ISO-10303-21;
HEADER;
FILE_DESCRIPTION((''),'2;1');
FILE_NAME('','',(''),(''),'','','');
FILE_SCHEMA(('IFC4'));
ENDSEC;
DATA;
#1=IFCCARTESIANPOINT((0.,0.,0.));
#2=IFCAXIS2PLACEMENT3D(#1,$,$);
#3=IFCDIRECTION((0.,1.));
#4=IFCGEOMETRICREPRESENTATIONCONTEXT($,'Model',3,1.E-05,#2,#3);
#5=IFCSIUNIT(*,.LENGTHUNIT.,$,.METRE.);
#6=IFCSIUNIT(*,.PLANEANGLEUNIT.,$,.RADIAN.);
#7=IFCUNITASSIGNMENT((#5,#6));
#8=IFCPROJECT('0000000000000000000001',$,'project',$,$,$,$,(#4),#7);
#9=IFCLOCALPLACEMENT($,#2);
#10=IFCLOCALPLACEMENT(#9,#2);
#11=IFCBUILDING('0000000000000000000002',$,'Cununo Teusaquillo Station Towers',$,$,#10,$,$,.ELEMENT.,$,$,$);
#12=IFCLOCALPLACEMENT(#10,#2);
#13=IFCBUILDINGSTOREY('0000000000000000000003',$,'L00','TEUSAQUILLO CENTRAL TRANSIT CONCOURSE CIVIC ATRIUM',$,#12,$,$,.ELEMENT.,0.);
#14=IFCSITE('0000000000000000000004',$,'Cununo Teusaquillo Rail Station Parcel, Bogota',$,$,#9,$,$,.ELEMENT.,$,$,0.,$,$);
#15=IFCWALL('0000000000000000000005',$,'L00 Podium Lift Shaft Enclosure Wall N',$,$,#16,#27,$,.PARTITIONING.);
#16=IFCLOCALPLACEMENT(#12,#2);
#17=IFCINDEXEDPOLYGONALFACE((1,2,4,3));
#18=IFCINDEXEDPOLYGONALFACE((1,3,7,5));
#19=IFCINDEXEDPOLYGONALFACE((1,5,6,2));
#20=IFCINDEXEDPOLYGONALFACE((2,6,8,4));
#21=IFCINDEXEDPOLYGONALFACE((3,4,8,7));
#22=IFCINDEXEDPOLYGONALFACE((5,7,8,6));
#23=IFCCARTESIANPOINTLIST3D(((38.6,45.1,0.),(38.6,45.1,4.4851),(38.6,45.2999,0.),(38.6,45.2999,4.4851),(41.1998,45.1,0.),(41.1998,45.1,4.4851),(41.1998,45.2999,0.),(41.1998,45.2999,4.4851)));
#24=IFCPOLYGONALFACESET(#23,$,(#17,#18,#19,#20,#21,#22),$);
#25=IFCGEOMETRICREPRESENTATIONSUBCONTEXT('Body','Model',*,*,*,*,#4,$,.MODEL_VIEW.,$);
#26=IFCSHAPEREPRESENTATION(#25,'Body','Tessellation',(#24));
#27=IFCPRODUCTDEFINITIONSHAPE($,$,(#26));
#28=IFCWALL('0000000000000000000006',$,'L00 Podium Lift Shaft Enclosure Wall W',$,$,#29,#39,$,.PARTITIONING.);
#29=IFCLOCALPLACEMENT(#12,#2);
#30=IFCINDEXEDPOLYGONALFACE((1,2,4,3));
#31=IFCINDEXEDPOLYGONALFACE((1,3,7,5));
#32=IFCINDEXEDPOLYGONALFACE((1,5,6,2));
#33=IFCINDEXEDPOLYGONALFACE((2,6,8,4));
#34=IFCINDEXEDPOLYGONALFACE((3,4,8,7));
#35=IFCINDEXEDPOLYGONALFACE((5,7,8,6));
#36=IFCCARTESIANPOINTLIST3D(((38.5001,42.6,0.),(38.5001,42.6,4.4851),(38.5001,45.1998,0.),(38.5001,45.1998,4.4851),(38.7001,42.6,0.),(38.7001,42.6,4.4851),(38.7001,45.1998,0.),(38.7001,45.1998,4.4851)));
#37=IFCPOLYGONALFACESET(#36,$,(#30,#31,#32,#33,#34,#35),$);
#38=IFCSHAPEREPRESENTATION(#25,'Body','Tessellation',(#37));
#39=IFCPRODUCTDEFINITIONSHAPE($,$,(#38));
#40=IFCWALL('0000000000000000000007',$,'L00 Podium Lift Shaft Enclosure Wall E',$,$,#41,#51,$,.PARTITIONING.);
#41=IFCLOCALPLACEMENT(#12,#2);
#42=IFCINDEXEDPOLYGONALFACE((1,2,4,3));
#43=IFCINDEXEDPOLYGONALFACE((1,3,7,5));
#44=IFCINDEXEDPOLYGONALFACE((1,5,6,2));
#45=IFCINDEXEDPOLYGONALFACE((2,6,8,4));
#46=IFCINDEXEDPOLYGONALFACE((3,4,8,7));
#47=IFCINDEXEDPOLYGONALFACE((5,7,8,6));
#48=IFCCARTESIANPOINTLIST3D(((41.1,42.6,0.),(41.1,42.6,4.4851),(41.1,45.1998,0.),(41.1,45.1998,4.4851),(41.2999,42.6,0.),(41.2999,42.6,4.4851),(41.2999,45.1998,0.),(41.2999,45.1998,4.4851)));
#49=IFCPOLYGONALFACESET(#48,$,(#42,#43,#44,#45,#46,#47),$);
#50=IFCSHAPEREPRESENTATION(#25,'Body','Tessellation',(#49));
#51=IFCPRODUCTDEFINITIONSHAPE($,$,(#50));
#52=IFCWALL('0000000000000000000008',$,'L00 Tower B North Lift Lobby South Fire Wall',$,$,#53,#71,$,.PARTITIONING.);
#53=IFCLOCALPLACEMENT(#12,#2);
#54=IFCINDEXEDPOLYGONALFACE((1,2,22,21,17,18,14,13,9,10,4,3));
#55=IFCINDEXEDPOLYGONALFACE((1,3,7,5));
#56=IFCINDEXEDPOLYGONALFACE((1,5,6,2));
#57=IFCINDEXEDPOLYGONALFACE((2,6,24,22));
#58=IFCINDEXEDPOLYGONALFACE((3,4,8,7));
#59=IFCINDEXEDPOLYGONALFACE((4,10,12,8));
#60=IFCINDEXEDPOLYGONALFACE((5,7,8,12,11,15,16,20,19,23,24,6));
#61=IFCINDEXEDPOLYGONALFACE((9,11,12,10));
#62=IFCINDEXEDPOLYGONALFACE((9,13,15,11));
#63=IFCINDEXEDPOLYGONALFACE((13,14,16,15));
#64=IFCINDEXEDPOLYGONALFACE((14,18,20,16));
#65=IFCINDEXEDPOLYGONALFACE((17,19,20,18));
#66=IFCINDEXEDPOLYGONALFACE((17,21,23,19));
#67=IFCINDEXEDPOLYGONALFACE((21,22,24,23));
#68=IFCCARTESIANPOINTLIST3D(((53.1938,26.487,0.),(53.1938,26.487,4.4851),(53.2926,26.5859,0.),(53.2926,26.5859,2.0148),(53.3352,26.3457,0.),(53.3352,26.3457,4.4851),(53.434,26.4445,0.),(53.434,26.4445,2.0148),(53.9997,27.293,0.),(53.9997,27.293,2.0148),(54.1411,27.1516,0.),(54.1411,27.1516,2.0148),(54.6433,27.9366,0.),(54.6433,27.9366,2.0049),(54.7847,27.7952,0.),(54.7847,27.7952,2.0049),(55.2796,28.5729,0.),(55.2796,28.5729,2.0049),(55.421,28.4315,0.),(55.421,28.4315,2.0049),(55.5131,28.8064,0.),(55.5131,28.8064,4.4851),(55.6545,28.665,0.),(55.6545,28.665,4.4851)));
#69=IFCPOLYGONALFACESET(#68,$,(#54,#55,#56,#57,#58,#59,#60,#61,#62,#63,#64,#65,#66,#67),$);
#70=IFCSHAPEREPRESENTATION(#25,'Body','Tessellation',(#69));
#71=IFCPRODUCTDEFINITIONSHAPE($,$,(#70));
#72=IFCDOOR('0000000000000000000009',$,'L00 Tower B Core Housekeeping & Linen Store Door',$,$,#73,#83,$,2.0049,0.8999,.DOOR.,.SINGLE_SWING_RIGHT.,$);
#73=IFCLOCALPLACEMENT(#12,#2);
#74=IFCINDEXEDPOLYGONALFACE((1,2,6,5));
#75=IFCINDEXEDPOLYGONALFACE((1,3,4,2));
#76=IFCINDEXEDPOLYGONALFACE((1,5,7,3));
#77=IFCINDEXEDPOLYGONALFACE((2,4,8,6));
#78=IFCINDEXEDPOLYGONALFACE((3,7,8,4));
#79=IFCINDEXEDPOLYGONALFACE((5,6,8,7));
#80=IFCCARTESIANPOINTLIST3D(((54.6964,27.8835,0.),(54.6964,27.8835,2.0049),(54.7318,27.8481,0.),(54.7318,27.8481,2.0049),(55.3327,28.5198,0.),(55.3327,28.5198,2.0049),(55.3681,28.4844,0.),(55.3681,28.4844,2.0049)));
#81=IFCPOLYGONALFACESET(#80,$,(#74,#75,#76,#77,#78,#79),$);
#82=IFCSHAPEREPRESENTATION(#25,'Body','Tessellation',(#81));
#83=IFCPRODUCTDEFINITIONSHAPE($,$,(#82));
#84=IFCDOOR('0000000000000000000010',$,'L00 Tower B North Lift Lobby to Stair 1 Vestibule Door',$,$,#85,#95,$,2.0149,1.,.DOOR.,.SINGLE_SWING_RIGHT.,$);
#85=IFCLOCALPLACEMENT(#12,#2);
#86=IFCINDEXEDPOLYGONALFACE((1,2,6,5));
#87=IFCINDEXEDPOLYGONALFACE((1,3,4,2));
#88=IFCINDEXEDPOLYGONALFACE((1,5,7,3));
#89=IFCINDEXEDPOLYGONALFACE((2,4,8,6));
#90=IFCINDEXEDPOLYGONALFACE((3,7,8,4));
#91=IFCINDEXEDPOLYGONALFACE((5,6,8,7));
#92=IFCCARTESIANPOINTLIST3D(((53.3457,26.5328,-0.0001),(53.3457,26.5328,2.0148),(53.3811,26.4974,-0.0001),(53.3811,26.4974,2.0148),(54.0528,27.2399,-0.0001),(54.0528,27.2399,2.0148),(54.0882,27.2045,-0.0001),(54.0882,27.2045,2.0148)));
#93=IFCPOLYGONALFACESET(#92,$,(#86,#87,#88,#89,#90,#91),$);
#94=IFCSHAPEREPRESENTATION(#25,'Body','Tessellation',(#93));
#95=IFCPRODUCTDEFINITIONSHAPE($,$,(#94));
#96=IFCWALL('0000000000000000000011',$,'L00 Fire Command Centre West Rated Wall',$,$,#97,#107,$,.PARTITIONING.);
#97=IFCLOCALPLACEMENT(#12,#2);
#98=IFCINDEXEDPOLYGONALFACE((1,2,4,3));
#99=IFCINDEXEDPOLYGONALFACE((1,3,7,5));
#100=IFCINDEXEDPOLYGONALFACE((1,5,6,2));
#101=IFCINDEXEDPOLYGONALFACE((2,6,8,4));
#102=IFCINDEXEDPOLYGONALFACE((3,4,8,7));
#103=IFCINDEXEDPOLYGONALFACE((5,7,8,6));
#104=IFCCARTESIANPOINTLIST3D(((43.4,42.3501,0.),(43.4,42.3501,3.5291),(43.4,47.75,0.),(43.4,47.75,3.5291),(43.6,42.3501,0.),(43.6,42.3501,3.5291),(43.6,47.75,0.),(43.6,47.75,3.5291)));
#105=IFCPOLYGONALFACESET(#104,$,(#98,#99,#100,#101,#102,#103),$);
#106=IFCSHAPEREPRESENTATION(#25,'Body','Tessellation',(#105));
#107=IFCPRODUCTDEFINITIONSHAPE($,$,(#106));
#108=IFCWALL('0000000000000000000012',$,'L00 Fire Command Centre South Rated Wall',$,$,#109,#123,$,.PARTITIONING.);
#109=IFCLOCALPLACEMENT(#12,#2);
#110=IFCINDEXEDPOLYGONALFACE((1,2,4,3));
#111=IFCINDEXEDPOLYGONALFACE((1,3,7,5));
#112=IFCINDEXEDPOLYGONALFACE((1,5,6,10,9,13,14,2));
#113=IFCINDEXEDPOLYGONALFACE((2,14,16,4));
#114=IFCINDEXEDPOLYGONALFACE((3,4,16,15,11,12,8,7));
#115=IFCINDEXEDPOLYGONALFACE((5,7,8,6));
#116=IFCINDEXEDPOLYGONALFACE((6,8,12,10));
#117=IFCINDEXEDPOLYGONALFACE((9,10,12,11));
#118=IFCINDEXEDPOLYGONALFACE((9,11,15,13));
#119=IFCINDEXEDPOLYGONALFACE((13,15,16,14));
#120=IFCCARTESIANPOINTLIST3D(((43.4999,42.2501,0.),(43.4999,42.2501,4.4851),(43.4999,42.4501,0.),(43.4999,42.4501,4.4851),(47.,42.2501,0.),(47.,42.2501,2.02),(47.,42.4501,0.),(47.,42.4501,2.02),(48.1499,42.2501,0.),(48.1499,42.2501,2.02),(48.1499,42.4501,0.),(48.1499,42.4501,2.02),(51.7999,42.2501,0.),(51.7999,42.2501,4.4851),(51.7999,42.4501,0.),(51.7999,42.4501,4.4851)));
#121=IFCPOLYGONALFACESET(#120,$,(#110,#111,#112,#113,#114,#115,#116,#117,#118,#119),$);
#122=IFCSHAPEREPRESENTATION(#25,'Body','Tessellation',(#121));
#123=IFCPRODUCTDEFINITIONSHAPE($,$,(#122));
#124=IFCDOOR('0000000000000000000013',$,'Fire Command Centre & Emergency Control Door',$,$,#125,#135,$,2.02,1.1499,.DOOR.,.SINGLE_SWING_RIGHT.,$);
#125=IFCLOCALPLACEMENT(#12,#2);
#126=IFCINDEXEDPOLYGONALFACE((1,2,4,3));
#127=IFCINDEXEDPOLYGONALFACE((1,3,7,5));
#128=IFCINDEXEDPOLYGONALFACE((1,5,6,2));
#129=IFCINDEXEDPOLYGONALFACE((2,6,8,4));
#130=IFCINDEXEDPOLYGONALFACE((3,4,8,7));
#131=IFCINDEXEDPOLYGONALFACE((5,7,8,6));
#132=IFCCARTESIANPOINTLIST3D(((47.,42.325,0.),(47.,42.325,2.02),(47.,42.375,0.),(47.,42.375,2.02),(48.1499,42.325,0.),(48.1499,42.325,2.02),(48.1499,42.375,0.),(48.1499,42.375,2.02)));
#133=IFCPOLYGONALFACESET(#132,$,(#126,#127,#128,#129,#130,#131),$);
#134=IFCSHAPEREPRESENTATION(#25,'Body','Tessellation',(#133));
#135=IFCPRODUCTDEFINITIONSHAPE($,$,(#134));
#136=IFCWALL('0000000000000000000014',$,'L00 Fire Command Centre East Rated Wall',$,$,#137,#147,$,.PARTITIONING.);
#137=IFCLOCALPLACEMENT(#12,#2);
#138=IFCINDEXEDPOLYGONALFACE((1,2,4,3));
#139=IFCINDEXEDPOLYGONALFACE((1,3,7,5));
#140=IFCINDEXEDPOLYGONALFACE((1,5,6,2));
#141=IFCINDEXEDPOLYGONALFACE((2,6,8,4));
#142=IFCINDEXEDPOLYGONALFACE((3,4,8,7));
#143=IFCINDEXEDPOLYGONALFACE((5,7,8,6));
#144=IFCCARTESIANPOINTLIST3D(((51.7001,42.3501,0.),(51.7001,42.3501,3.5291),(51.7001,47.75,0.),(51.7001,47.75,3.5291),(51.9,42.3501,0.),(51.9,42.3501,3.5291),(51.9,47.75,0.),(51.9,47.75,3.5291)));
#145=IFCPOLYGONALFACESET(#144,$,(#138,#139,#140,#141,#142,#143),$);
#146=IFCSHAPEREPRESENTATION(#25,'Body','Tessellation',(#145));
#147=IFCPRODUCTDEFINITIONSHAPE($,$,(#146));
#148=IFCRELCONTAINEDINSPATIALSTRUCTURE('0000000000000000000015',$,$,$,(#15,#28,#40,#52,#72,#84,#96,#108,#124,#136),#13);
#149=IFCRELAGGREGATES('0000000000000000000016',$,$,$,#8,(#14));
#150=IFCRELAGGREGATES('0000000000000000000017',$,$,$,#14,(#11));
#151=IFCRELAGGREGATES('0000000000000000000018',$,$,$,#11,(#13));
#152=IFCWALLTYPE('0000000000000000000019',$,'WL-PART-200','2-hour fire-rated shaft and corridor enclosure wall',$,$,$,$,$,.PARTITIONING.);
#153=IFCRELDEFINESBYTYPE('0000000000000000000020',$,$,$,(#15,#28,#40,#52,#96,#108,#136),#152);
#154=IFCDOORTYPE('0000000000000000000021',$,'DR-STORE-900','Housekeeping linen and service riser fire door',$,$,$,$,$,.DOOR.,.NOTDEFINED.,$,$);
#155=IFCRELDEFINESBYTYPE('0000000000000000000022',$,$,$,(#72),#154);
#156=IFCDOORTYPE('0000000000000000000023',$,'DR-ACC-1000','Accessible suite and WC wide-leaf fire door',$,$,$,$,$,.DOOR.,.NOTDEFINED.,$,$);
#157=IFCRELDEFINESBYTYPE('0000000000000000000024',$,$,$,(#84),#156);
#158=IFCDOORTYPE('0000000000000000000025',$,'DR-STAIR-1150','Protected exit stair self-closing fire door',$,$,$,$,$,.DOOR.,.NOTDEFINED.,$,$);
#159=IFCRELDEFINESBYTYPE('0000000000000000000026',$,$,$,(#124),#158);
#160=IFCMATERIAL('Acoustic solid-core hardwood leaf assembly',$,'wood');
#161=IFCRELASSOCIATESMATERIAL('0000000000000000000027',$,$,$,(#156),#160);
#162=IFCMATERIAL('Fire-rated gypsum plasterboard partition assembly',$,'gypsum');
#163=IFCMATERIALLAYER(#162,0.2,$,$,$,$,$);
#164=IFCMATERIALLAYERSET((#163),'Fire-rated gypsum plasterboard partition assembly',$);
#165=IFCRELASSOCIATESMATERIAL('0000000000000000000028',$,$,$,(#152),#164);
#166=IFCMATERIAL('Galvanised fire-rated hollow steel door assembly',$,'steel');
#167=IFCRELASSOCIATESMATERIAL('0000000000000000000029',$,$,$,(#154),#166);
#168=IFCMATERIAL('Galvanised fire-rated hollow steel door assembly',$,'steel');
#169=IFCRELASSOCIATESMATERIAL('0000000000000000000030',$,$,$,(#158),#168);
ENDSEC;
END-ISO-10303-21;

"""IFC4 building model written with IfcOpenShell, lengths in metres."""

from ifc_helpers import new_model, si_unit, direction, frame, frame_2d, origin, place, context, subcontext, project, spatial, rectangle, extrude, source, transform, mapped, material, layer, layer_set, type_object, element, fill, save


model = new_model("IFC4")

# Units and contexts
model_context = context("Model", 3, precision=1e-05, world=origin(), true_north=direction((0.0, 1.0)))
body_context = subcontext(model_context, "Body", "Model", "MODEL_VIEW")
ifc_project = project(units=[si_unit("LENGTHUNIT", "METRE"), si_unit("PLANEANGLEUNIT", "RADIAN")], contexts=[model_context])

# Site, building, storey
site_placement = place(None, origin())
site = spatial("IfcSite", under=ifc_project, at=site_placement, Name="Cununo Teusaquillo Rail Station Parcel, Bogota", CompositionType="ELEMENT", RefElevation=0.0)
building_placement = place(site_placement, origin())
building = spatial("IfcBuilding", under=site, at=building_placement, Name="Cununo Teusaquillo Station Towers", CompositionType="ELEMENT")
storey_placement = place(building_placement, origin())
storey = spatial("IfcBuildingStorey", under=building, at=storey_placement, Name="L00", Description="TEUSAQUILLO CENTRAL TRANSIT CONCOURSE CIVIC ATRIUM", CompositionType="ELEMENT", Elevation=0.0)

# Shared definitions
ifc_material_1 = material(Name="Acoustic solid-core hardwood leaf assembly", Category="wood")
door_type_1 = type_object("IfcDoorType", Name="DR-ACC-1000", Description="Accessible suite and WC wide-leaf fire door", OperationType="NOTDEFINED", PredefinedType="DOOR", material=ifc_material_1)
shared_shape_1 = source(origin(), body_context, "Body", "SweptSolid", [
    extrude(rectangle(XDim=1.0, YDim=2.0149, at=frame_2d((0.5, 1.0073))), frame((0.0, 0.0249, 0.0), z_axis=(0.0, -1.0, 0.0), x_axis=(1.0, 0.0, 0.0)), (0.0, 0.0, 1.0), 0.05),
])

# Shared definitions
ifc_material_2 = material(Name="Fire-rated gypsum plasterboard partition assembly", Category="gypsum")
ifc_layer_1 = layer(ifc_material_2, 0.2)
ifc_layer_set_1 = layer_set([ifc_layer_1], Name="Fire-rated gypsum plasterboard partition assembly")
wall_type_1 = type_object("IfcWallType", Name="WL-PART-200", Description="2-hour fire-rated shaft and corridor enclosure wall", PredefinedType="PARTITIONING", material=ifc_layer_set_1)

# Walls
for number, where, z_axis, x_axis, name in (
    (1, (38.6001, 45.2, 0.0), (0.0, 0.0, 1.0), (1.0, 0.0, 0.0), "L00 Podium Lift Shaft Enclosure Wall N"),
    (2, (38.6001, 42.6001, 0.0), (0.0, 0.0, 1.0), (0.0, 1.0, 0.0), "L00 Podium Lift Shaft Enclosure Wall W"),
    (3, (41.2, 42.6001, 0.0), (0.0, 0.0, 1.0), (0.0, 1.0, 0.0), "L00 Podium Lift Shaft Enclosure Wall E"),
):
    element("IfcWall", number, at=place(storey_placement, frame(where, z_axis=z_axis, x_axis=x_axis)), inside=storey, type_object=wall_type_1, Name=name, PredefinedType="PARTITIONING", context=body_context, shape_type="SweptSolid", body=[
        extrude(rectangle(XDim=2.5999, YDim=0.2, at=frame_2d((1.2998, 0.0))), origin(), (0.0, 0.0, 1.0), 4.4851),
    ])

# Wall, openings, doors
wall_1_placement = place(storey_placement, frame((53.2644, 26.4163, 0.0), z_axis=(0.0, 0.0, 1.0), x_axis=(0.707107, 0.707107, 0.0)))
wall_1 = element("IfcWall", 4, at=wall_1_placement, inside=storey, type_object=wall_type_1, Name="L00 Tower B North Lift Lobby South Fire Wall", PredefinedType="PARTITIONING", context=body_context, shape_type="SweptSolid", body=[
    extrude(rectangle(XDim=3.28, YDim=0.2, at=frame_2d((1.6401, 0.0))), origin(), (0.0, 0.0, 1.0), 4.4851),
])
shared_shape_2 = source(origin(), body_context, "Body", "SweptSolid", [
    extrude(rectangle(XDim=1.0, YDim=2.0149, at=frame_2d((0.5, 1.0073))), frame((0.0, 0.1099, 0.0), z_axis=(0.0, -1.0, 0.0), x_axis=(1.0, 0.0, 0.0)), (0.0, 0.0, 1.0), 0.22),
])
opening_1_placement = place(wall_1_placement, frame((0.1399, 0.0, 0.0)))
opening_1 = element("IfcOpeningElement", 5, at=opening_1_placement, cuts=wall_1, PredefinedType="OPENING", context=body_context, shape_type="MappedRepresentation", body=[
    mapped(shared_shape_2, transform((0.0, 0.0, 0.0), x_axis=(1.0, 0.0, 0.0), y_axis=(0.0, 1.0, 0.0), z_axis=(0.0, 0.0, 1.0), scale=1.0)),
])
shared_shape_3 = source(origin(), body_context, "Body", "SweptSolid", [
    extrude(rectangle(XDim=0.8999, YDim=2.0049, at=frame_2d((0.45, 1.0024))), frame((0.0, 0.1099, 0.0), z_axis=(0.0, -1.0, 0.0), x_axis=(1.0, 0.0, 0.0)), (0.0, 0.0, 1.0), 0.22),
])
opening_2_placement = place(wall_1_placement, frame((2.05, 0.0, 0.0)))
opening_2 = element("IfcOpeningElement", 6, at=opening_2_placement, cuts=wall_1, PredefinedType="OPENING", context=body_context, shape_type="MappedRepresentation", body=[
    mapped(shared_shape_3, transform((0.0, 0.0, 0.0), x_axis=(1.0, 0.0, 0.0), y_axis=(0.0, 1.0, 0.0), z_axis=(0.0, 0.0, 1.0), scale=1.0)),
])
ifc_material_3 = material(Name="Galvanised fire-rated hollow steel door assembly", Category="steel")
door_type_2 = type_object("IfcDoorType", Name="DR-STORE-900", Description="Housekeeping linen and service riser fire door", OperationType="NOTDEFINED", PredefinedType="DOOR", material=ifc_material_3)
shared_shape_4 = source(origin(), body_context, "Body", "SweptSolid", [
    extrude(rectangle(XDim=0.8999, YDim=2.0049, at=frame_2d((0.45, 1.0024))), frame((0.0, 0.0249, 0.0), z_axis=(0.0, -1.0, 0.0), x_axis=(1.0, 0.0, 0.0)), (0.0, 0.0, 1.0), 0.05),
])
door_1_placement = place(opening_2_placement, origin())
door_1 = element("IfcDoor", 7, at=door_1_placement, inside=storey, type_object=door_type_2, Name="L00 Tower B Core Housekeeping & Linen Store Door", OperationType="SINGLE_SWING_RIGHT", OverallHeight=2.0049, OverallWidth=0.8999, PredefinedType="DOOR", context=body_context, shape_type="MappedRepresentation", body=[
    mapped(shared_shape_4, transform((0.0, 0.0, 0.0), x_axis=(1.0, 0.0, 0.0), y_axis=(0.0, 1.0, 0.0), z_axis=(0.0, 0.0, 1.0), scale=1.0)),
])
fill(opening_2, door_1)
door_2_placement = place(opening_1_placement, origin())
door_2 = element("IfcDoor", 8, at=door_2_placement, inside=storey, type_object=door_type_1, Name="L00 Tower B North Lift Lobby to Stair 1 Vestibule Door", OperationType="SINGLE_SWING_RIGHT", OverallHeight=2.0149, OverallWidth=1.0, PredefinedType="DOOR", context=body_context, shape_type="MappedRepresentation", body=[
    mapped(shared_shape_1, transform((0.0, 0.0, 0.0), x_axis=(1.0, 0.0, 0.0), y_axis=(0.0, 1.0, 0.0), z_axis=(0.0, 0.0, 1.0), scale=1.0)),
])
fill(opening_1, door_2)

# Wall
wall_2_placement = place(storey_placement, frame((43.5, 42.3501, 0.0), z_axis=(0.0, 0.0, 1.0), x_axis=(0.0, 1.0, 0.0)))
element("IfcWall", 9, at=wall_2_placement, inside=storey, type_object=wall_type_1, Name="L00 Fire Command Centre West Rated Wall", PredefinedType="PARTITIONING", context=body_context, shape_type="SweptSolid", body=[
    extrude(rectangle(XDim=5.3999, YDim=0.2, at=frame_2d((2.7, 0.0))), origin(), (0.0, 0.0, 1.0), 3.5291),
])

# Wall, opening, door
wall_3_placement = place(storey_placement, frame((43.5, 42.3501, 0.0), z_axis=(0.0, 0.0, 1.0), x_axis=(1.0, 0.0, 0.0)))
wall_3 = element("IfcWall", 10, at=wall_3_placement, inside=storey, type_object=wall_type_1, Name="L00 Fire Command Centre South Rated Wall", PredefinedType="PARTITIONING", context=body_context, shape_type="SweptSolid", body=[
    extrude(rectangle(XDim=8.3, YDim=0.2, at=frame_2d((4.1499, 0.0))), origin(), (0.0, 0.0, 1.0), 4.4851),
])
shared_shape_5 = source(origin(), body_context, "Body", "SweptSolid", [
    extrude(rectangle(XDim=1.1499, YDim=2.02, at=frame_2d((0.575, 1.01))), frame((0.0, 0.1099, 0.0), z_axis=(0.0, -1.0, 0.0), x_axis=(1.0, 0.0, 0.0)), (0.0, 0.0, 1.0), 0.22),
])
opening_3_placement = place(wall_3_placement, frame((3.5, 0.0, 0.0)))
opening_3 = element("IfcOpeningElement", 11, at=opening_3_placement, cuts=wall_3, PredefinedType="OPENING", context=body_context, shape_type="MappedRepresentation", body=[
    mapped(shared_shape_5, transform((0.0, 0.0, 0.0), x_axis=(1.0, 0.0, 0.0), y_axis=(0.0, 1.0, 0.0), z_axis=(0.0, 0.0, 1.0), scale=1.0)),
])
ifc_material_4 = material(Name="Galvanised fire-rated hollow steel door assembly", Category="steel")
door_type_3 = type_object("IfcDoorType", Name="DR-STAIR-1150", Description="Protected exit stair self-closing fire door", OperationType="NOTDEFINED", PredefinedType="DOOR", material=ifc_material_4)
shared_shape_6 = source(origin(), body_context, "Body", "SweptSolid", [
    extrude(rectangle(XDim=1.1499, YDim=2.02, at=frame_2d((0.575, 1.01))), frame((0.0, 0.0249, 0.0), z_axis=(0.0, -1.0, 0.0), x_axis=(1.0, 0.0, 0.0)), (0.0, 0.0, 1.0), 0.05),
])
door_3_placement = place(opening_3_placement, origin())
door_3 = element("IfcDoor", 12, at=door_3_placement, inside=storey, type_object=door_type_3, Name="Fire Command Centre & Emergency Control Door", OperationType="SINGLE_SWING_RIGHT", OverallHeight=2.02, OverallWidth=1.1499, PredefinedType="DOOR", context=body_context, shape_type="MappedRepresentation", body=[
    mapped(shared_shape_6, transform((0.0, 0.0, 0.0), x_axis=(1.0, 0.0, 0.0), y_axis=(0.0, 1.0, 0.0), z_axis=(0.0, 0.0, 1.0), scale=1.0)),
])
fill(opening_3, door_3)

# Wall
wall_4_placement = place(storey_placement, frame((51.8, 42.3501, 0.0), z_axis=(0.0, 0.0, 1.0), x_axis=(0.0, 1.0, 0.0)))
element("IfcWall", 13, at=wall_4_placement, inside=storey, type_object=wall_type_1, Name="L00 Fire Command Centre East Rated Wall", PredefinedType="PARTITIONING", context=body_context, shape_type="SweptSolid", body=[
    extrude(rectangle(XDim=5.3999, YDim=0.2, at=frame_2d((2.7, 0.0))), origin(), (0.0, 0.0, 1.0), 3.5291),
])

save(model, "model.ifc")
